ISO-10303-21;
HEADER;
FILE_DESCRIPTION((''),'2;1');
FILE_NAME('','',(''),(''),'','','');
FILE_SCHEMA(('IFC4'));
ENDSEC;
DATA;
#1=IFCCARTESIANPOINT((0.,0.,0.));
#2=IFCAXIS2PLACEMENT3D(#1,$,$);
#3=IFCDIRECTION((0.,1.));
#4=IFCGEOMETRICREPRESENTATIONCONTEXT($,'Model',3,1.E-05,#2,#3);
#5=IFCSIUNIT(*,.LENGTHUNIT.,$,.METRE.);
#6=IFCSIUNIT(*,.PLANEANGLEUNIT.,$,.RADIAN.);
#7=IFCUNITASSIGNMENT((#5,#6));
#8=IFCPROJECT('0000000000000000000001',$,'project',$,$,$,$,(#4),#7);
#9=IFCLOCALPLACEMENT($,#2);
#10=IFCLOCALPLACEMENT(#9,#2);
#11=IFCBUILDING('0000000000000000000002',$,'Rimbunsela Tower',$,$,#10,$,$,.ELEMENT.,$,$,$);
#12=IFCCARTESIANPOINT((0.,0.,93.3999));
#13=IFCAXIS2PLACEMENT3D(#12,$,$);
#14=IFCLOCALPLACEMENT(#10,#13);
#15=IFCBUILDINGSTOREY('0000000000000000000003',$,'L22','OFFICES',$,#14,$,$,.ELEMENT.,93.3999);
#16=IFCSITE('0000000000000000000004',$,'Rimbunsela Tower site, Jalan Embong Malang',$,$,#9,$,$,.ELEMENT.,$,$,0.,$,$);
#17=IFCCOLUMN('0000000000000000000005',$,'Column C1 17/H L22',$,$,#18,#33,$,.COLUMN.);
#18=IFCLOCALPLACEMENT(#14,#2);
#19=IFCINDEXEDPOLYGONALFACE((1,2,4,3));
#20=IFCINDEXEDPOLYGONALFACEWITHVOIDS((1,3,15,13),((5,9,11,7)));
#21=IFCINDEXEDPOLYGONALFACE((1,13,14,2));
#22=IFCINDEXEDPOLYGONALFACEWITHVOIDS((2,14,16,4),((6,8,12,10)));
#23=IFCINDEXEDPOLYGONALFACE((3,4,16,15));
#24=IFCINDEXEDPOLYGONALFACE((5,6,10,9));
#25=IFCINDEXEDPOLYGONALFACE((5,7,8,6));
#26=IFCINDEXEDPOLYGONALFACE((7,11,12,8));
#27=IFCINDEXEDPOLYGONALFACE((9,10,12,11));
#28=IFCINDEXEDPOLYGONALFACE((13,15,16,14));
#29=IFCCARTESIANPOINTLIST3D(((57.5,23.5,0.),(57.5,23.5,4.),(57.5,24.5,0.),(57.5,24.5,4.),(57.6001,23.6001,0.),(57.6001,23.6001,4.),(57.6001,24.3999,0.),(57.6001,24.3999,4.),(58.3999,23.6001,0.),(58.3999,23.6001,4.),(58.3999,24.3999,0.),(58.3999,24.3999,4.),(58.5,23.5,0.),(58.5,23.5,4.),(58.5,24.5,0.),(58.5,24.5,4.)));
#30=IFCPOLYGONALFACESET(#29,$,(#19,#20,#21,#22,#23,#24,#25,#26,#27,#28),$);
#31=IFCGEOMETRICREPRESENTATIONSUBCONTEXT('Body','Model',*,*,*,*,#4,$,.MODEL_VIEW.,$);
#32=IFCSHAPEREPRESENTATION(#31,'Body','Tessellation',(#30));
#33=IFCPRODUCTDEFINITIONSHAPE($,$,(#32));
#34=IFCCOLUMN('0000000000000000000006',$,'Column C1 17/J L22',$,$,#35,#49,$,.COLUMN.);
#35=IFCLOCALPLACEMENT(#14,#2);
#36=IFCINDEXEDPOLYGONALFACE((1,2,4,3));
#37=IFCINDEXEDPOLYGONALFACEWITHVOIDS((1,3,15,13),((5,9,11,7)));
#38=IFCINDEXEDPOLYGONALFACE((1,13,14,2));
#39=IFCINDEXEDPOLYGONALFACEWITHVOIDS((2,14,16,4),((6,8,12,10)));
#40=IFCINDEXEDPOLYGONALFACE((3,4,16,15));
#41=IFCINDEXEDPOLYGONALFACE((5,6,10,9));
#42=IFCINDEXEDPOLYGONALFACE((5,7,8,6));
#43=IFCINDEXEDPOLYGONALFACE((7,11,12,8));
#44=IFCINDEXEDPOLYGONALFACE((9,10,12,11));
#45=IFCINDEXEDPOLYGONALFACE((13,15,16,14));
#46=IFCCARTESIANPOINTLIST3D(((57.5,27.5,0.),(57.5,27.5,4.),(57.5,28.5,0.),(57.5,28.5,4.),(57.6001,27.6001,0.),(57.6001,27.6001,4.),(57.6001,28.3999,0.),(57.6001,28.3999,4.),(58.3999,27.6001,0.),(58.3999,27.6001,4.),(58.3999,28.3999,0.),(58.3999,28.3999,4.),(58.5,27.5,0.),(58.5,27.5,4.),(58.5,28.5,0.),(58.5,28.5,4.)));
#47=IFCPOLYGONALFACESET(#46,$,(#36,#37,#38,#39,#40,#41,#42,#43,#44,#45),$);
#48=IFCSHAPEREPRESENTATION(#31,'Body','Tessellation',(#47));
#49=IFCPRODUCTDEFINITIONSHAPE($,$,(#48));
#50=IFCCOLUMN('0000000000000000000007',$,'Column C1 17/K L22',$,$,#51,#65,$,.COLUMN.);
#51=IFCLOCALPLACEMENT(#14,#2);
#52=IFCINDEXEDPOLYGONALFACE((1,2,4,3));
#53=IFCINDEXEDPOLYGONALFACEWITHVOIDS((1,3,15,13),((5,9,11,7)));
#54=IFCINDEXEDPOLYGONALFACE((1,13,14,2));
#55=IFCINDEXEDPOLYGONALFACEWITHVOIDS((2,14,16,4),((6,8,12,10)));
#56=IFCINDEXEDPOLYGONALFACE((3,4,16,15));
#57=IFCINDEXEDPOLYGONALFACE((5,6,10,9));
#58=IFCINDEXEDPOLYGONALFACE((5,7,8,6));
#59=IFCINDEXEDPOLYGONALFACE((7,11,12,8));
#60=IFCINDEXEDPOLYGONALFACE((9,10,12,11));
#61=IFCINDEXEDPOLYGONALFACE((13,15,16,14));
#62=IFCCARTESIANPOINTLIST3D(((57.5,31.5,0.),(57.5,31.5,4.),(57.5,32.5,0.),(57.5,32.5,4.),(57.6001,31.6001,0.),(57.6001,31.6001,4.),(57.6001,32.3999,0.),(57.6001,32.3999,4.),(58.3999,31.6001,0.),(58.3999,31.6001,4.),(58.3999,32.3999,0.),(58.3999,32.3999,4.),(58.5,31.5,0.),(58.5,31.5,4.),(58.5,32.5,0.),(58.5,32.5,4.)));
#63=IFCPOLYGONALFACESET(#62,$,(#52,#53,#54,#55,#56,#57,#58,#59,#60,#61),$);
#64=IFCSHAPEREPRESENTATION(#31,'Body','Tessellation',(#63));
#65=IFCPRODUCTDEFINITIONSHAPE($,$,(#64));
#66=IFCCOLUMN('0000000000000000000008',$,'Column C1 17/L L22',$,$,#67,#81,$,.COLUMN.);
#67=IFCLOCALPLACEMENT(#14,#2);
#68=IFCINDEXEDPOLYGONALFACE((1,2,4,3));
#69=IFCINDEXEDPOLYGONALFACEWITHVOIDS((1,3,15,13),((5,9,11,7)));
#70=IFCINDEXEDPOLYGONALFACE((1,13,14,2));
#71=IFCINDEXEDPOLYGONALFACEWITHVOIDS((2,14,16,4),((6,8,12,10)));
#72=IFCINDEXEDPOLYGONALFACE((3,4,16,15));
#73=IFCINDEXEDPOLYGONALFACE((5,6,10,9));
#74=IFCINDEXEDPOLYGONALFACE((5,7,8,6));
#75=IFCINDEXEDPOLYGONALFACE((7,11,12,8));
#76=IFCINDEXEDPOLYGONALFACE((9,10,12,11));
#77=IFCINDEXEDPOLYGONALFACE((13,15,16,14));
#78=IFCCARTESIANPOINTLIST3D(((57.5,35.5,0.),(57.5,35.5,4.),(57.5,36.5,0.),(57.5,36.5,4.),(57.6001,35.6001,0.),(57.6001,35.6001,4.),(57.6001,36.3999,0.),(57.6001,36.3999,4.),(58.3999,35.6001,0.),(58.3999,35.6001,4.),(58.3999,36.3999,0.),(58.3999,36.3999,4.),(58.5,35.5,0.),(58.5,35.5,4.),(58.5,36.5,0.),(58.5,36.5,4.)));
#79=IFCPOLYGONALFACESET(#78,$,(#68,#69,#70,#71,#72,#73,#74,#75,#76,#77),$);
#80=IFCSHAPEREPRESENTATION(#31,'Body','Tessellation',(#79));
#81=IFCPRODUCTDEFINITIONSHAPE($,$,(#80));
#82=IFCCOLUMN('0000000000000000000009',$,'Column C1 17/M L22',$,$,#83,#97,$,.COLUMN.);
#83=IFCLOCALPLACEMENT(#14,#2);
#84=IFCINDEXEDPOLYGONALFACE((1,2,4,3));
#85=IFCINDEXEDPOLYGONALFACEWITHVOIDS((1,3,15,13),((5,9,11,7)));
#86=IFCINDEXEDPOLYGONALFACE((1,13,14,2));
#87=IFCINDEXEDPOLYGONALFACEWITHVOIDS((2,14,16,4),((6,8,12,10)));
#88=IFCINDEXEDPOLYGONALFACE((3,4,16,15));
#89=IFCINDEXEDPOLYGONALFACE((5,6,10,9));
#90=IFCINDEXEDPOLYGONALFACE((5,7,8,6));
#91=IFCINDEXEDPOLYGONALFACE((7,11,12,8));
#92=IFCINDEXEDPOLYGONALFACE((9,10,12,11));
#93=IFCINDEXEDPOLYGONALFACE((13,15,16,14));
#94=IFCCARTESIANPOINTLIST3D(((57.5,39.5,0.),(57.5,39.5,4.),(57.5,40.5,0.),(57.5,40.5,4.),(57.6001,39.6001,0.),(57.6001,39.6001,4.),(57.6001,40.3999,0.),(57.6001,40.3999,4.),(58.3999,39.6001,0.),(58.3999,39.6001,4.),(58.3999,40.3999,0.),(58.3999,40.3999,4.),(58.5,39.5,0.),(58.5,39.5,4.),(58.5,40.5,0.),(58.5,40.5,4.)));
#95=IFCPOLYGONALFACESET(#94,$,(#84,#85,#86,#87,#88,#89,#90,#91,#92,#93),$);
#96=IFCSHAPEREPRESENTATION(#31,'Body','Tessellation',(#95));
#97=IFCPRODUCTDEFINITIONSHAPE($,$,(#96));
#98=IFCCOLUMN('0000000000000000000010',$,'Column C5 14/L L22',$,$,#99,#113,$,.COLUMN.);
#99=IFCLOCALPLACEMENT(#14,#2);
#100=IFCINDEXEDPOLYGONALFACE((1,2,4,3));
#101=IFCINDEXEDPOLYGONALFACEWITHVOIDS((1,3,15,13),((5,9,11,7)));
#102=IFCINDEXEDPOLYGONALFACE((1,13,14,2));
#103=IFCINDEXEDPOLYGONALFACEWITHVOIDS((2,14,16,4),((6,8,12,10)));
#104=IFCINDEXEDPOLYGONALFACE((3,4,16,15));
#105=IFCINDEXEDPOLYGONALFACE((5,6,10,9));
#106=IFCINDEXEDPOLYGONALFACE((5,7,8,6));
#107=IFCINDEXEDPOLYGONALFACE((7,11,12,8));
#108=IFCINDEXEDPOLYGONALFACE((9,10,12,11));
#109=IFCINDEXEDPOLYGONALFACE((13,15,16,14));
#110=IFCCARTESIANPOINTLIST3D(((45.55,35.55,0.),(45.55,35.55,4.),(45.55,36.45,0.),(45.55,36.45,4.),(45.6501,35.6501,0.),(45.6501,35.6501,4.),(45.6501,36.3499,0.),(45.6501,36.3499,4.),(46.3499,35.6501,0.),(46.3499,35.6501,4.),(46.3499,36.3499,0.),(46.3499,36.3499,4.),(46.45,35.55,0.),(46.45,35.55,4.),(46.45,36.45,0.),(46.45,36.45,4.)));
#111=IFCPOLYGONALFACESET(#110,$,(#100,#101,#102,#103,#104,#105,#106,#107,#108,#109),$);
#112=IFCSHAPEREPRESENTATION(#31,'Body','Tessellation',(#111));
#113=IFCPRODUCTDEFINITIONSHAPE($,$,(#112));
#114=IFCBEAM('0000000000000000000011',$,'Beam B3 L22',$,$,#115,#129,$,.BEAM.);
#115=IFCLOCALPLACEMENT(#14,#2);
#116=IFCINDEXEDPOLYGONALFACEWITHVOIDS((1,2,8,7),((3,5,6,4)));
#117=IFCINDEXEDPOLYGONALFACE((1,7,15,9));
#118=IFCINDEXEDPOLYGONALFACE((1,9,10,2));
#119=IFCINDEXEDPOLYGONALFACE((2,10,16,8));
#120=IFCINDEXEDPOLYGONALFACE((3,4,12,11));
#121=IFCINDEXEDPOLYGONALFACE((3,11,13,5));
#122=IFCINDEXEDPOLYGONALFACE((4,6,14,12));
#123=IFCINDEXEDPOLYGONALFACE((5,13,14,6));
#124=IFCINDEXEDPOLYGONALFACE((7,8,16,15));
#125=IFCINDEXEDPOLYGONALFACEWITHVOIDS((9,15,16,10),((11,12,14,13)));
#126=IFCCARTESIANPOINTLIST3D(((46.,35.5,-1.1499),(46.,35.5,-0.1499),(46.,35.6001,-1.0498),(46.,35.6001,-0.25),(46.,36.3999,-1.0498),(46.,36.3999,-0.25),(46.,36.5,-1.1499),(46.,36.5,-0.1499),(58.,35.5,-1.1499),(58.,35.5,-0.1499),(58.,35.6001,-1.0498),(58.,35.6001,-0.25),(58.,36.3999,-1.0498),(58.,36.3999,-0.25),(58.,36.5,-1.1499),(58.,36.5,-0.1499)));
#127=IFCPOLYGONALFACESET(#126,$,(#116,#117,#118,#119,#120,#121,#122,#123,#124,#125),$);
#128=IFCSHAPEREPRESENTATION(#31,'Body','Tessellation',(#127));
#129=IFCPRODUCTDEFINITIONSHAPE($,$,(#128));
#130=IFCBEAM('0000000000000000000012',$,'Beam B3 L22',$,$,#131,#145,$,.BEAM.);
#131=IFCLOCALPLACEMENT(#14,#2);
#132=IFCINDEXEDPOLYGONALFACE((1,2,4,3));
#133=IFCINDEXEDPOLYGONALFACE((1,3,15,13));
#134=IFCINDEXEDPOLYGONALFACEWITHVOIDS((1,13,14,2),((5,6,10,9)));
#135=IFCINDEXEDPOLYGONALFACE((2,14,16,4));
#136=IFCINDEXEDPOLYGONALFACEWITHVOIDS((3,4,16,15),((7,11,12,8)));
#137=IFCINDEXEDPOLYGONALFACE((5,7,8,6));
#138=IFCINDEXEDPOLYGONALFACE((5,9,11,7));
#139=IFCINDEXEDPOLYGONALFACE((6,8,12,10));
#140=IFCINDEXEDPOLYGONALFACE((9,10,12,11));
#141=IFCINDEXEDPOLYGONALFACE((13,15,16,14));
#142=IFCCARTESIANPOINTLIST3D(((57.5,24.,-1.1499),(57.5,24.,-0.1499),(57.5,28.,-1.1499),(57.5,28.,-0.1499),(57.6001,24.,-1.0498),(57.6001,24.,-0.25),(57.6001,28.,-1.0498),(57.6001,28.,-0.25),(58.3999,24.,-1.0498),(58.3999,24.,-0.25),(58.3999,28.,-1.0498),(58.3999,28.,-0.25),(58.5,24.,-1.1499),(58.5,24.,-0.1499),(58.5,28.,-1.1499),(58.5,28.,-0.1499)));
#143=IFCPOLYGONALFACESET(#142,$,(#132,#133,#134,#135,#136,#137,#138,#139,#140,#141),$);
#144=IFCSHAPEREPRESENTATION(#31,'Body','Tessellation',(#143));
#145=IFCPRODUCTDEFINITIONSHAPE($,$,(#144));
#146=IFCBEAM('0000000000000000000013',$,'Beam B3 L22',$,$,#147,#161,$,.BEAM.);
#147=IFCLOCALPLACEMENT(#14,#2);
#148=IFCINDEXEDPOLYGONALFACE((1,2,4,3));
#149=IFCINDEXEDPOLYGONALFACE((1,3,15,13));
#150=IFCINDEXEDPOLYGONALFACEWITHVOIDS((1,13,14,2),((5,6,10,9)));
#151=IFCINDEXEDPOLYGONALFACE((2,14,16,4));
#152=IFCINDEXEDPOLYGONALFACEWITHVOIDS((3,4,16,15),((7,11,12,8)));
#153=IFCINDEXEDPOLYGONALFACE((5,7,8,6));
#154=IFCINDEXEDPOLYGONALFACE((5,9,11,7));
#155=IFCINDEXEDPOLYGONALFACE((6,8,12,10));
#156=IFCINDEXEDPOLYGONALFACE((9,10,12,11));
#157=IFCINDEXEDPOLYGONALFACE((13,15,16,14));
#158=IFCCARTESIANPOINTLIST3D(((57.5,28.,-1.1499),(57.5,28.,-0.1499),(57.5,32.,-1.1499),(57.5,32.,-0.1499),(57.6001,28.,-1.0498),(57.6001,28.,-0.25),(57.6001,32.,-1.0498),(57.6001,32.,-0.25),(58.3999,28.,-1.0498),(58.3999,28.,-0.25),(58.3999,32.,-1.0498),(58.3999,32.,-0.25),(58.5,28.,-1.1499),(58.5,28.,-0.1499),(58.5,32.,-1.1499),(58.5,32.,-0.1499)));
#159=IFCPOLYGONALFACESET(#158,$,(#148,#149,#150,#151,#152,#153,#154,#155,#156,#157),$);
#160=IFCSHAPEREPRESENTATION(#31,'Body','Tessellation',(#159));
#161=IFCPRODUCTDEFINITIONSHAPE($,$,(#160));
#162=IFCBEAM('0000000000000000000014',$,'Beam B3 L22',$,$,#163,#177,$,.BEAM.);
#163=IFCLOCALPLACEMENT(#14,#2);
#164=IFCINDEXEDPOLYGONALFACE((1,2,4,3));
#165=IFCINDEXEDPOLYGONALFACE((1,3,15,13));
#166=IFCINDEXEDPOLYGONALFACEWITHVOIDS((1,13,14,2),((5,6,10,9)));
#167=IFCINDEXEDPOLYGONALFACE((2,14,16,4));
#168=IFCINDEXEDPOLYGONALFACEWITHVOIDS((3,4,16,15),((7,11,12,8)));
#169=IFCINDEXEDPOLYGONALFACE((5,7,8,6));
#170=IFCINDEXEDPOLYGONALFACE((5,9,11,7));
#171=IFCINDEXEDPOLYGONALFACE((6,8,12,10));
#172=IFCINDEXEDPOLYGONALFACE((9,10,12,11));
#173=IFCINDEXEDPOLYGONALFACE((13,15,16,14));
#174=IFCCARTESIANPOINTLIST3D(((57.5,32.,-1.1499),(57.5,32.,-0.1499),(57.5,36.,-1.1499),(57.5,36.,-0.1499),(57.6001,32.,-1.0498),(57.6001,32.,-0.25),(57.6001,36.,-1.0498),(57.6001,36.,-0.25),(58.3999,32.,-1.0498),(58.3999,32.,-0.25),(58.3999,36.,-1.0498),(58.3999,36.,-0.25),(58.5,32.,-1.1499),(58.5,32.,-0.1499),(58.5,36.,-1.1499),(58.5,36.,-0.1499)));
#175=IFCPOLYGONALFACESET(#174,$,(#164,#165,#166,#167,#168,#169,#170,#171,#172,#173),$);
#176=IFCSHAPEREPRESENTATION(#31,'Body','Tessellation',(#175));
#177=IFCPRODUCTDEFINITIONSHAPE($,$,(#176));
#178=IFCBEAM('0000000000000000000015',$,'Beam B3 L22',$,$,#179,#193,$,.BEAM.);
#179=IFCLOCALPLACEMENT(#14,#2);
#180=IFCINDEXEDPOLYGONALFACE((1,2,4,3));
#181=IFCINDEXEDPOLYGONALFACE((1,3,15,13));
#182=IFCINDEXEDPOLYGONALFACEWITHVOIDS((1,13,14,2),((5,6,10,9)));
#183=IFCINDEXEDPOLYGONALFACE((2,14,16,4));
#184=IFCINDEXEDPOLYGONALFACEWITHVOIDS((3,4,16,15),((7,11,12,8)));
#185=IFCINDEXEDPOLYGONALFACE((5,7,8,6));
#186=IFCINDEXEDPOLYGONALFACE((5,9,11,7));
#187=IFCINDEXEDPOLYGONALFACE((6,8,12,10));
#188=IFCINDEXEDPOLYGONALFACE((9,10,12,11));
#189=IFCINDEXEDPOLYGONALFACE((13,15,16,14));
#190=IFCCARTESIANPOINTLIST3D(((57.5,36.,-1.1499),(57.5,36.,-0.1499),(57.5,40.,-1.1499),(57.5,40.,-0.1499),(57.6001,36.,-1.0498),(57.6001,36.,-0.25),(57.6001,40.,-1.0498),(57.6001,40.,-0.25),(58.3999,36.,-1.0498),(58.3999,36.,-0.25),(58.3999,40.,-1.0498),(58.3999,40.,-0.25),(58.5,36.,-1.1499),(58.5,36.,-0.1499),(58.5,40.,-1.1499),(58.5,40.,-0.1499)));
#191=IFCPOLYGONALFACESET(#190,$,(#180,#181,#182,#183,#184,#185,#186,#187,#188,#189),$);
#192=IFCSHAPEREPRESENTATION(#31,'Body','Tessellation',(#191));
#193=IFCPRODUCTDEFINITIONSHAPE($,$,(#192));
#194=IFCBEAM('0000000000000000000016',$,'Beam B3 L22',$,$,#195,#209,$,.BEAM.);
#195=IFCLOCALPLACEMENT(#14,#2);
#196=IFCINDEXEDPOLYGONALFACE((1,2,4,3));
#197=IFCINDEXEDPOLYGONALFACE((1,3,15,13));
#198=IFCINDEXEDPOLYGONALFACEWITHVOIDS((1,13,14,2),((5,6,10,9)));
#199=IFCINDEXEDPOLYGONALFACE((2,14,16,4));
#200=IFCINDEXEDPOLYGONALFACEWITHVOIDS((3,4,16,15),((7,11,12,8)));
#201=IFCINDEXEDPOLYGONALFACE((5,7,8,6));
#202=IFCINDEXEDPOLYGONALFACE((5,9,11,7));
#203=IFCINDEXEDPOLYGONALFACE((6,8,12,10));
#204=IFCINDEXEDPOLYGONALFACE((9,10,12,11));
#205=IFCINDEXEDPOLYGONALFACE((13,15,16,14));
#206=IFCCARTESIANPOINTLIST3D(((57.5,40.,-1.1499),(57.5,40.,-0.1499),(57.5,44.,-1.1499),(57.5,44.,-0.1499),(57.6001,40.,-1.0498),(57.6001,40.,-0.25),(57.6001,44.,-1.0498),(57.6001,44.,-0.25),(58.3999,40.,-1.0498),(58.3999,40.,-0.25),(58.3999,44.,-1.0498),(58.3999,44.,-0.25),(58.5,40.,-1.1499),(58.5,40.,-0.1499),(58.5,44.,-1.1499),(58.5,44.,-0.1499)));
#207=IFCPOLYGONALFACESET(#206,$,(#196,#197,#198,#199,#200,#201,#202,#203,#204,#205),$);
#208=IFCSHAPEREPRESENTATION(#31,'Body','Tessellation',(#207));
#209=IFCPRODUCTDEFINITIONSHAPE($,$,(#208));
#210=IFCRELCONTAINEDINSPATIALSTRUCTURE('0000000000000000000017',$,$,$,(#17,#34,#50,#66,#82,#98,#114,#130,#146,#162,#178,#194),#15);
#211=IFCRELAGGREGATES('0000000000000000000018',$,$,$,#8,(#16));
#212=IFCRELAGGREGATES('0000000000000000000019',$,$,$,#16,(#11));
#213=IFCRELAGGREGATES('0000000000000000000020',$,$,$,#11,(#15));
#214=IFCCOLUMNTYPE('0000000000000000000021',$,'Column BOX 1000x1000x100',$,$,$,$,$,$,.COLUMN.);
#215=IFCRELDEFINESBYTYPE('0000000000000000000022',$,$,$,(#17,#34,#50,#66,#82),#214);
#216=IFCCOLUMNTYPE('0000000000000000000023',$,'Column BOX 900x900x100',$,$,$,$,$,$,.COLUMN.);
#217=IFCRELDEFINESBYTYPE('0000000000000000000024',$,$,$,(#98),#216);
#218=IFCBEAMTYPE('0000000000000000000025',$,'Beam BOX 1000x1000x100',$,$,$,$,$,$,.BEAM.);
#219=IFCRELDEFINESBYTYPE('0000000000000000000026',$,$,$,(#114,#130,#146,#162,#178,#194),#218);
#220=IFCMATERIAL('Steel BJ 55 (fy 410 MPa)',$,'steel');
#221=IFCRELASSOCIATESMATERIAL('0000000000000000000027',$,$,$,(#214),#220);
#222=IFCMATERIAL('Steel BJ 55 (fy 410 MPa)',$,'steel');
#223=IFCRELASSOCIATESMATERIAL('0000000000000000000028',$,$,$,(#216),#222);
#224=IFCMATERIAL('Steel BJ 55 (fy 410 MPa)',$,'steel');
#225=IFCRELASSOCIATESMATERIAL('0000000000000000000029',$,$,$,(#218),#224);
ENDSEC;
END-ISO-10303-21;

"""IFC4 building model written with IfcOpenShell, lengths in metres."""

from ifc_helpers import new_model, si_unit, direction, frame, origin, origin_2d, place, context, subcontext, project, spatial, hollow_rectangle, extrude, material, material_profile, profile_set, type_object, element, save


model = new_model("IFC4")

# Units and contexts
model_context = context("Model", 3, precision=1e-05, world=origin(), true_north=direction((0.0, 1.0)))
body_context = subcontext(model_context, "Body", "Model", "MODEL_VIEW")
ifc_project = project(units=[si_unit("LENGTHUNIT", "METRE"), si_unit("PLANEANGLEUNIT", "RADIAN")], contexts=[model_context])

# Site, building, storey
site_placement = place(None, origin())
site = spatial("IfcSite", under=ifc_project, at=site_placement, Name="Rimbunsela Tower site, Jalan Embong Malang", CompositionType="ELEMENT", RefElevation=0.0)
building_placement = place(site_placement, origin())
building = spatial("IfcBuilding", under=site, at=building_placement, Name="Rimbunsela Tower", CompositionType="ELEMENT")
storey_placement = place(building_placement, frame((0.0, 0.0, 93.3999)))
storey = spatial("IfcBuildingStorey", under=building, at=storey_placement, Name="L22", Description="OFFICES", CompositionType="ELEMENT", Elevation=93.3999)

# Columns
ifc_material_1 = material(Name="Steel BJ 55 (fy 410 MPa)", Category="steel")
ifc_material_profile_1 = material_profile(ifc_material_1, hollow_rectangle(XDim=1.0, YDim=1.0, WallThickness=0.1001, at=origin_2d()), Name="BOX 1000x1000x100")
ifc_profile_set_1 = profile_set([ifc_material_profile_1], Name="Steel BJ 55 (fy 410 MPa)")
column_type_1 = type_object("IfcColumnType", Name="Column BOX 1000x1000x100", PredefinedType="COLUMN", material=ifc_profile_set_1)
for number, where, z_axis, x_axis, name in (
    (1, (58.0, 24.0, 0.0), (0.0, 0.0, 1.0), (1.0, 0.0, 0.0), "Column C1 17/H L22"),
    (2, (58.0, 28.0, 0.0), (0.0, 0.0, 1.0), (1.0, 0.0, 0.0), "Column C1 17/J L22"),
    (3, (58.0, 32.0, 0.0), (0.0, 0.0, 1.0), (1.0, 0.0, 0.0), "Column C1 17/K L22"),
    (4, (58.0, 36.0, 0.0), (0.0, 0.0, 1.0), (1.0, 0.0, 0.0), "Column C1 17/L L22"),
    (5, (58.0, 40.0, 0.0), (0.0, 0.0, 1.0), (1.0, 0.0, 0.0), "Column C1 17/M L22"),
):
    element("IfcColumn", number, at=place(storey_placement, frame(where, z_axis=z_axis, x_axis=x_axis)), inside=storey, type_object=column_type_1, Name=name, PredefinedType="COLUMN", context=body_context, shape_type="SweptSolid", body=[
        extrude(hollow_rectangle(XDim=1.0, YDim=1.0, WallThickness=0.1001, at=origin_2d()), origin(), (0.0, 0.0, 1.0), 4.0),
    ])
ifc_material_2 = material(Name="Steel BJ 55 (fy 410 MPa)", Category="steel")
ifc_material_profile_2 = material_profile(ifc_material_2, hollow_rectangle(XDim=0.8999, YDim=0.8999, WallThickness=0.1001, at=origin_2d()), Name="BOX 900x900x100")
ifc_profile_set_2 = profile_set([ifc_material_profile_2], Name="Steel BJ 55 (fy 410 MPa)")
column_type_2 = type_object("IfcColumnType", Name="Column BOX 900x900x100", PredefinedType="COLUMN", material=ifc_profile_set_2)
column_placement = place(storey_placement, frame((46.0, 36.0, 0.0), z_axis=(0.0, 0.0, 1.0), x_axis=(1.0, 0.0, 0.0)))
element("IfcColumn", 6, at=column_placement, inside=storey, type_object=column_type_2, Name="Column C5 14/L L22", PredefinedType="COLUMN", context=body_context, shape_type="SweptSolid", body=[
    extrude(hollow_rectangle(XDim=0.8999, YDim=0.8999, WallThickness=0.1001, at=origin_2d()), origin(), (0.0, 0.0, 1.0), 4.0),
])

# Beams
ifc_material_3 = material(Name="Steel BJ 55 (fy 410 MPa)", Category="steel")
ifc_material_profile_3 = material_profile(ifc_material_3, hollow_rectangle(XDim=1.0, YDim=1.0, WallThickness=0.1001, at=origin_2d()), Name="BOX 1000x1000x100")
ifc_profile_set_3 = profile_set([ifc_material_profile_3], Name="Steel BJ 55 (fy 410 MPa)")
beam_type_1 = type_object("IfcBeamType", Name="Beam BOX 1000x1000x100", PredefinedType="BEAM", material=ifc_profile_set_3)
beam_1_placement = place(storey_placement, frame((46.0, 36.0, -0.6499), z_axis=(1.0, 0.0, 0.0), x_axis=(0.0, 1.0, 0.0)))
element("IfcBeam", 7, at=beam_1_placement, inside=storey, type_object=beam_type_1, Name="Beam B3 L22", PredefinedType="BEAM", context=body_context, shape_type="SweptSolid", body=[
    extrude(hollow_rectangle(XDim=1.0, YDim=1.0, WallThickness=0.1001, at=origin_2d()), origin(), (0.0, 0.0, 1.0), 12.0),
])
for number, where, z_axis, x_axis, name in (
    (8, (58.0, 24.0, -0.6499), (0.0, 1.0, 0.0), (-1.0, 0.0, 0.0), "Beam B3 L22"),
    (9, (58.0, 28.0, -0.6499), (0.0, 1.0, 0.0), (-1.0, 0.0, 0.0), "Beam B3 L22"),
    (10, (58.0, 32.0, -0.6499), (0.0, 1.0, 0.0), (-1.0, 0.0, 0.0), "Beam B3 L22"),
    (11, (58.0, 36.0, -0.6499), (0.0, 1.0, 0.0), (-1.0, 0.0, 0.0), "Beam B3 L22"),
    (12, (58.0, 40.0, -0.6499), (0.0, 1.0, 0.0), (-1.0, 0.0, 0.0), "Beam B3 L22"),
):
    element("IfcBeam", number, at=place(storey_placement, frame(where, z_axis=z_axis, x_axis=x_axis)), inside=storey, type_object=beam_type_1, Name=name, PredefinedType="BEAM", context=body_context, shape_type="SweptSolid", body=[
        extrude(hollow_rectangle(XDim=1.0, YDim=1.0, WallThickness=0.1001, at=origin_2d()), origin(), (0.0, 0.0, 1.0), 4.0),
    ])

save(model, "model.ifc")
